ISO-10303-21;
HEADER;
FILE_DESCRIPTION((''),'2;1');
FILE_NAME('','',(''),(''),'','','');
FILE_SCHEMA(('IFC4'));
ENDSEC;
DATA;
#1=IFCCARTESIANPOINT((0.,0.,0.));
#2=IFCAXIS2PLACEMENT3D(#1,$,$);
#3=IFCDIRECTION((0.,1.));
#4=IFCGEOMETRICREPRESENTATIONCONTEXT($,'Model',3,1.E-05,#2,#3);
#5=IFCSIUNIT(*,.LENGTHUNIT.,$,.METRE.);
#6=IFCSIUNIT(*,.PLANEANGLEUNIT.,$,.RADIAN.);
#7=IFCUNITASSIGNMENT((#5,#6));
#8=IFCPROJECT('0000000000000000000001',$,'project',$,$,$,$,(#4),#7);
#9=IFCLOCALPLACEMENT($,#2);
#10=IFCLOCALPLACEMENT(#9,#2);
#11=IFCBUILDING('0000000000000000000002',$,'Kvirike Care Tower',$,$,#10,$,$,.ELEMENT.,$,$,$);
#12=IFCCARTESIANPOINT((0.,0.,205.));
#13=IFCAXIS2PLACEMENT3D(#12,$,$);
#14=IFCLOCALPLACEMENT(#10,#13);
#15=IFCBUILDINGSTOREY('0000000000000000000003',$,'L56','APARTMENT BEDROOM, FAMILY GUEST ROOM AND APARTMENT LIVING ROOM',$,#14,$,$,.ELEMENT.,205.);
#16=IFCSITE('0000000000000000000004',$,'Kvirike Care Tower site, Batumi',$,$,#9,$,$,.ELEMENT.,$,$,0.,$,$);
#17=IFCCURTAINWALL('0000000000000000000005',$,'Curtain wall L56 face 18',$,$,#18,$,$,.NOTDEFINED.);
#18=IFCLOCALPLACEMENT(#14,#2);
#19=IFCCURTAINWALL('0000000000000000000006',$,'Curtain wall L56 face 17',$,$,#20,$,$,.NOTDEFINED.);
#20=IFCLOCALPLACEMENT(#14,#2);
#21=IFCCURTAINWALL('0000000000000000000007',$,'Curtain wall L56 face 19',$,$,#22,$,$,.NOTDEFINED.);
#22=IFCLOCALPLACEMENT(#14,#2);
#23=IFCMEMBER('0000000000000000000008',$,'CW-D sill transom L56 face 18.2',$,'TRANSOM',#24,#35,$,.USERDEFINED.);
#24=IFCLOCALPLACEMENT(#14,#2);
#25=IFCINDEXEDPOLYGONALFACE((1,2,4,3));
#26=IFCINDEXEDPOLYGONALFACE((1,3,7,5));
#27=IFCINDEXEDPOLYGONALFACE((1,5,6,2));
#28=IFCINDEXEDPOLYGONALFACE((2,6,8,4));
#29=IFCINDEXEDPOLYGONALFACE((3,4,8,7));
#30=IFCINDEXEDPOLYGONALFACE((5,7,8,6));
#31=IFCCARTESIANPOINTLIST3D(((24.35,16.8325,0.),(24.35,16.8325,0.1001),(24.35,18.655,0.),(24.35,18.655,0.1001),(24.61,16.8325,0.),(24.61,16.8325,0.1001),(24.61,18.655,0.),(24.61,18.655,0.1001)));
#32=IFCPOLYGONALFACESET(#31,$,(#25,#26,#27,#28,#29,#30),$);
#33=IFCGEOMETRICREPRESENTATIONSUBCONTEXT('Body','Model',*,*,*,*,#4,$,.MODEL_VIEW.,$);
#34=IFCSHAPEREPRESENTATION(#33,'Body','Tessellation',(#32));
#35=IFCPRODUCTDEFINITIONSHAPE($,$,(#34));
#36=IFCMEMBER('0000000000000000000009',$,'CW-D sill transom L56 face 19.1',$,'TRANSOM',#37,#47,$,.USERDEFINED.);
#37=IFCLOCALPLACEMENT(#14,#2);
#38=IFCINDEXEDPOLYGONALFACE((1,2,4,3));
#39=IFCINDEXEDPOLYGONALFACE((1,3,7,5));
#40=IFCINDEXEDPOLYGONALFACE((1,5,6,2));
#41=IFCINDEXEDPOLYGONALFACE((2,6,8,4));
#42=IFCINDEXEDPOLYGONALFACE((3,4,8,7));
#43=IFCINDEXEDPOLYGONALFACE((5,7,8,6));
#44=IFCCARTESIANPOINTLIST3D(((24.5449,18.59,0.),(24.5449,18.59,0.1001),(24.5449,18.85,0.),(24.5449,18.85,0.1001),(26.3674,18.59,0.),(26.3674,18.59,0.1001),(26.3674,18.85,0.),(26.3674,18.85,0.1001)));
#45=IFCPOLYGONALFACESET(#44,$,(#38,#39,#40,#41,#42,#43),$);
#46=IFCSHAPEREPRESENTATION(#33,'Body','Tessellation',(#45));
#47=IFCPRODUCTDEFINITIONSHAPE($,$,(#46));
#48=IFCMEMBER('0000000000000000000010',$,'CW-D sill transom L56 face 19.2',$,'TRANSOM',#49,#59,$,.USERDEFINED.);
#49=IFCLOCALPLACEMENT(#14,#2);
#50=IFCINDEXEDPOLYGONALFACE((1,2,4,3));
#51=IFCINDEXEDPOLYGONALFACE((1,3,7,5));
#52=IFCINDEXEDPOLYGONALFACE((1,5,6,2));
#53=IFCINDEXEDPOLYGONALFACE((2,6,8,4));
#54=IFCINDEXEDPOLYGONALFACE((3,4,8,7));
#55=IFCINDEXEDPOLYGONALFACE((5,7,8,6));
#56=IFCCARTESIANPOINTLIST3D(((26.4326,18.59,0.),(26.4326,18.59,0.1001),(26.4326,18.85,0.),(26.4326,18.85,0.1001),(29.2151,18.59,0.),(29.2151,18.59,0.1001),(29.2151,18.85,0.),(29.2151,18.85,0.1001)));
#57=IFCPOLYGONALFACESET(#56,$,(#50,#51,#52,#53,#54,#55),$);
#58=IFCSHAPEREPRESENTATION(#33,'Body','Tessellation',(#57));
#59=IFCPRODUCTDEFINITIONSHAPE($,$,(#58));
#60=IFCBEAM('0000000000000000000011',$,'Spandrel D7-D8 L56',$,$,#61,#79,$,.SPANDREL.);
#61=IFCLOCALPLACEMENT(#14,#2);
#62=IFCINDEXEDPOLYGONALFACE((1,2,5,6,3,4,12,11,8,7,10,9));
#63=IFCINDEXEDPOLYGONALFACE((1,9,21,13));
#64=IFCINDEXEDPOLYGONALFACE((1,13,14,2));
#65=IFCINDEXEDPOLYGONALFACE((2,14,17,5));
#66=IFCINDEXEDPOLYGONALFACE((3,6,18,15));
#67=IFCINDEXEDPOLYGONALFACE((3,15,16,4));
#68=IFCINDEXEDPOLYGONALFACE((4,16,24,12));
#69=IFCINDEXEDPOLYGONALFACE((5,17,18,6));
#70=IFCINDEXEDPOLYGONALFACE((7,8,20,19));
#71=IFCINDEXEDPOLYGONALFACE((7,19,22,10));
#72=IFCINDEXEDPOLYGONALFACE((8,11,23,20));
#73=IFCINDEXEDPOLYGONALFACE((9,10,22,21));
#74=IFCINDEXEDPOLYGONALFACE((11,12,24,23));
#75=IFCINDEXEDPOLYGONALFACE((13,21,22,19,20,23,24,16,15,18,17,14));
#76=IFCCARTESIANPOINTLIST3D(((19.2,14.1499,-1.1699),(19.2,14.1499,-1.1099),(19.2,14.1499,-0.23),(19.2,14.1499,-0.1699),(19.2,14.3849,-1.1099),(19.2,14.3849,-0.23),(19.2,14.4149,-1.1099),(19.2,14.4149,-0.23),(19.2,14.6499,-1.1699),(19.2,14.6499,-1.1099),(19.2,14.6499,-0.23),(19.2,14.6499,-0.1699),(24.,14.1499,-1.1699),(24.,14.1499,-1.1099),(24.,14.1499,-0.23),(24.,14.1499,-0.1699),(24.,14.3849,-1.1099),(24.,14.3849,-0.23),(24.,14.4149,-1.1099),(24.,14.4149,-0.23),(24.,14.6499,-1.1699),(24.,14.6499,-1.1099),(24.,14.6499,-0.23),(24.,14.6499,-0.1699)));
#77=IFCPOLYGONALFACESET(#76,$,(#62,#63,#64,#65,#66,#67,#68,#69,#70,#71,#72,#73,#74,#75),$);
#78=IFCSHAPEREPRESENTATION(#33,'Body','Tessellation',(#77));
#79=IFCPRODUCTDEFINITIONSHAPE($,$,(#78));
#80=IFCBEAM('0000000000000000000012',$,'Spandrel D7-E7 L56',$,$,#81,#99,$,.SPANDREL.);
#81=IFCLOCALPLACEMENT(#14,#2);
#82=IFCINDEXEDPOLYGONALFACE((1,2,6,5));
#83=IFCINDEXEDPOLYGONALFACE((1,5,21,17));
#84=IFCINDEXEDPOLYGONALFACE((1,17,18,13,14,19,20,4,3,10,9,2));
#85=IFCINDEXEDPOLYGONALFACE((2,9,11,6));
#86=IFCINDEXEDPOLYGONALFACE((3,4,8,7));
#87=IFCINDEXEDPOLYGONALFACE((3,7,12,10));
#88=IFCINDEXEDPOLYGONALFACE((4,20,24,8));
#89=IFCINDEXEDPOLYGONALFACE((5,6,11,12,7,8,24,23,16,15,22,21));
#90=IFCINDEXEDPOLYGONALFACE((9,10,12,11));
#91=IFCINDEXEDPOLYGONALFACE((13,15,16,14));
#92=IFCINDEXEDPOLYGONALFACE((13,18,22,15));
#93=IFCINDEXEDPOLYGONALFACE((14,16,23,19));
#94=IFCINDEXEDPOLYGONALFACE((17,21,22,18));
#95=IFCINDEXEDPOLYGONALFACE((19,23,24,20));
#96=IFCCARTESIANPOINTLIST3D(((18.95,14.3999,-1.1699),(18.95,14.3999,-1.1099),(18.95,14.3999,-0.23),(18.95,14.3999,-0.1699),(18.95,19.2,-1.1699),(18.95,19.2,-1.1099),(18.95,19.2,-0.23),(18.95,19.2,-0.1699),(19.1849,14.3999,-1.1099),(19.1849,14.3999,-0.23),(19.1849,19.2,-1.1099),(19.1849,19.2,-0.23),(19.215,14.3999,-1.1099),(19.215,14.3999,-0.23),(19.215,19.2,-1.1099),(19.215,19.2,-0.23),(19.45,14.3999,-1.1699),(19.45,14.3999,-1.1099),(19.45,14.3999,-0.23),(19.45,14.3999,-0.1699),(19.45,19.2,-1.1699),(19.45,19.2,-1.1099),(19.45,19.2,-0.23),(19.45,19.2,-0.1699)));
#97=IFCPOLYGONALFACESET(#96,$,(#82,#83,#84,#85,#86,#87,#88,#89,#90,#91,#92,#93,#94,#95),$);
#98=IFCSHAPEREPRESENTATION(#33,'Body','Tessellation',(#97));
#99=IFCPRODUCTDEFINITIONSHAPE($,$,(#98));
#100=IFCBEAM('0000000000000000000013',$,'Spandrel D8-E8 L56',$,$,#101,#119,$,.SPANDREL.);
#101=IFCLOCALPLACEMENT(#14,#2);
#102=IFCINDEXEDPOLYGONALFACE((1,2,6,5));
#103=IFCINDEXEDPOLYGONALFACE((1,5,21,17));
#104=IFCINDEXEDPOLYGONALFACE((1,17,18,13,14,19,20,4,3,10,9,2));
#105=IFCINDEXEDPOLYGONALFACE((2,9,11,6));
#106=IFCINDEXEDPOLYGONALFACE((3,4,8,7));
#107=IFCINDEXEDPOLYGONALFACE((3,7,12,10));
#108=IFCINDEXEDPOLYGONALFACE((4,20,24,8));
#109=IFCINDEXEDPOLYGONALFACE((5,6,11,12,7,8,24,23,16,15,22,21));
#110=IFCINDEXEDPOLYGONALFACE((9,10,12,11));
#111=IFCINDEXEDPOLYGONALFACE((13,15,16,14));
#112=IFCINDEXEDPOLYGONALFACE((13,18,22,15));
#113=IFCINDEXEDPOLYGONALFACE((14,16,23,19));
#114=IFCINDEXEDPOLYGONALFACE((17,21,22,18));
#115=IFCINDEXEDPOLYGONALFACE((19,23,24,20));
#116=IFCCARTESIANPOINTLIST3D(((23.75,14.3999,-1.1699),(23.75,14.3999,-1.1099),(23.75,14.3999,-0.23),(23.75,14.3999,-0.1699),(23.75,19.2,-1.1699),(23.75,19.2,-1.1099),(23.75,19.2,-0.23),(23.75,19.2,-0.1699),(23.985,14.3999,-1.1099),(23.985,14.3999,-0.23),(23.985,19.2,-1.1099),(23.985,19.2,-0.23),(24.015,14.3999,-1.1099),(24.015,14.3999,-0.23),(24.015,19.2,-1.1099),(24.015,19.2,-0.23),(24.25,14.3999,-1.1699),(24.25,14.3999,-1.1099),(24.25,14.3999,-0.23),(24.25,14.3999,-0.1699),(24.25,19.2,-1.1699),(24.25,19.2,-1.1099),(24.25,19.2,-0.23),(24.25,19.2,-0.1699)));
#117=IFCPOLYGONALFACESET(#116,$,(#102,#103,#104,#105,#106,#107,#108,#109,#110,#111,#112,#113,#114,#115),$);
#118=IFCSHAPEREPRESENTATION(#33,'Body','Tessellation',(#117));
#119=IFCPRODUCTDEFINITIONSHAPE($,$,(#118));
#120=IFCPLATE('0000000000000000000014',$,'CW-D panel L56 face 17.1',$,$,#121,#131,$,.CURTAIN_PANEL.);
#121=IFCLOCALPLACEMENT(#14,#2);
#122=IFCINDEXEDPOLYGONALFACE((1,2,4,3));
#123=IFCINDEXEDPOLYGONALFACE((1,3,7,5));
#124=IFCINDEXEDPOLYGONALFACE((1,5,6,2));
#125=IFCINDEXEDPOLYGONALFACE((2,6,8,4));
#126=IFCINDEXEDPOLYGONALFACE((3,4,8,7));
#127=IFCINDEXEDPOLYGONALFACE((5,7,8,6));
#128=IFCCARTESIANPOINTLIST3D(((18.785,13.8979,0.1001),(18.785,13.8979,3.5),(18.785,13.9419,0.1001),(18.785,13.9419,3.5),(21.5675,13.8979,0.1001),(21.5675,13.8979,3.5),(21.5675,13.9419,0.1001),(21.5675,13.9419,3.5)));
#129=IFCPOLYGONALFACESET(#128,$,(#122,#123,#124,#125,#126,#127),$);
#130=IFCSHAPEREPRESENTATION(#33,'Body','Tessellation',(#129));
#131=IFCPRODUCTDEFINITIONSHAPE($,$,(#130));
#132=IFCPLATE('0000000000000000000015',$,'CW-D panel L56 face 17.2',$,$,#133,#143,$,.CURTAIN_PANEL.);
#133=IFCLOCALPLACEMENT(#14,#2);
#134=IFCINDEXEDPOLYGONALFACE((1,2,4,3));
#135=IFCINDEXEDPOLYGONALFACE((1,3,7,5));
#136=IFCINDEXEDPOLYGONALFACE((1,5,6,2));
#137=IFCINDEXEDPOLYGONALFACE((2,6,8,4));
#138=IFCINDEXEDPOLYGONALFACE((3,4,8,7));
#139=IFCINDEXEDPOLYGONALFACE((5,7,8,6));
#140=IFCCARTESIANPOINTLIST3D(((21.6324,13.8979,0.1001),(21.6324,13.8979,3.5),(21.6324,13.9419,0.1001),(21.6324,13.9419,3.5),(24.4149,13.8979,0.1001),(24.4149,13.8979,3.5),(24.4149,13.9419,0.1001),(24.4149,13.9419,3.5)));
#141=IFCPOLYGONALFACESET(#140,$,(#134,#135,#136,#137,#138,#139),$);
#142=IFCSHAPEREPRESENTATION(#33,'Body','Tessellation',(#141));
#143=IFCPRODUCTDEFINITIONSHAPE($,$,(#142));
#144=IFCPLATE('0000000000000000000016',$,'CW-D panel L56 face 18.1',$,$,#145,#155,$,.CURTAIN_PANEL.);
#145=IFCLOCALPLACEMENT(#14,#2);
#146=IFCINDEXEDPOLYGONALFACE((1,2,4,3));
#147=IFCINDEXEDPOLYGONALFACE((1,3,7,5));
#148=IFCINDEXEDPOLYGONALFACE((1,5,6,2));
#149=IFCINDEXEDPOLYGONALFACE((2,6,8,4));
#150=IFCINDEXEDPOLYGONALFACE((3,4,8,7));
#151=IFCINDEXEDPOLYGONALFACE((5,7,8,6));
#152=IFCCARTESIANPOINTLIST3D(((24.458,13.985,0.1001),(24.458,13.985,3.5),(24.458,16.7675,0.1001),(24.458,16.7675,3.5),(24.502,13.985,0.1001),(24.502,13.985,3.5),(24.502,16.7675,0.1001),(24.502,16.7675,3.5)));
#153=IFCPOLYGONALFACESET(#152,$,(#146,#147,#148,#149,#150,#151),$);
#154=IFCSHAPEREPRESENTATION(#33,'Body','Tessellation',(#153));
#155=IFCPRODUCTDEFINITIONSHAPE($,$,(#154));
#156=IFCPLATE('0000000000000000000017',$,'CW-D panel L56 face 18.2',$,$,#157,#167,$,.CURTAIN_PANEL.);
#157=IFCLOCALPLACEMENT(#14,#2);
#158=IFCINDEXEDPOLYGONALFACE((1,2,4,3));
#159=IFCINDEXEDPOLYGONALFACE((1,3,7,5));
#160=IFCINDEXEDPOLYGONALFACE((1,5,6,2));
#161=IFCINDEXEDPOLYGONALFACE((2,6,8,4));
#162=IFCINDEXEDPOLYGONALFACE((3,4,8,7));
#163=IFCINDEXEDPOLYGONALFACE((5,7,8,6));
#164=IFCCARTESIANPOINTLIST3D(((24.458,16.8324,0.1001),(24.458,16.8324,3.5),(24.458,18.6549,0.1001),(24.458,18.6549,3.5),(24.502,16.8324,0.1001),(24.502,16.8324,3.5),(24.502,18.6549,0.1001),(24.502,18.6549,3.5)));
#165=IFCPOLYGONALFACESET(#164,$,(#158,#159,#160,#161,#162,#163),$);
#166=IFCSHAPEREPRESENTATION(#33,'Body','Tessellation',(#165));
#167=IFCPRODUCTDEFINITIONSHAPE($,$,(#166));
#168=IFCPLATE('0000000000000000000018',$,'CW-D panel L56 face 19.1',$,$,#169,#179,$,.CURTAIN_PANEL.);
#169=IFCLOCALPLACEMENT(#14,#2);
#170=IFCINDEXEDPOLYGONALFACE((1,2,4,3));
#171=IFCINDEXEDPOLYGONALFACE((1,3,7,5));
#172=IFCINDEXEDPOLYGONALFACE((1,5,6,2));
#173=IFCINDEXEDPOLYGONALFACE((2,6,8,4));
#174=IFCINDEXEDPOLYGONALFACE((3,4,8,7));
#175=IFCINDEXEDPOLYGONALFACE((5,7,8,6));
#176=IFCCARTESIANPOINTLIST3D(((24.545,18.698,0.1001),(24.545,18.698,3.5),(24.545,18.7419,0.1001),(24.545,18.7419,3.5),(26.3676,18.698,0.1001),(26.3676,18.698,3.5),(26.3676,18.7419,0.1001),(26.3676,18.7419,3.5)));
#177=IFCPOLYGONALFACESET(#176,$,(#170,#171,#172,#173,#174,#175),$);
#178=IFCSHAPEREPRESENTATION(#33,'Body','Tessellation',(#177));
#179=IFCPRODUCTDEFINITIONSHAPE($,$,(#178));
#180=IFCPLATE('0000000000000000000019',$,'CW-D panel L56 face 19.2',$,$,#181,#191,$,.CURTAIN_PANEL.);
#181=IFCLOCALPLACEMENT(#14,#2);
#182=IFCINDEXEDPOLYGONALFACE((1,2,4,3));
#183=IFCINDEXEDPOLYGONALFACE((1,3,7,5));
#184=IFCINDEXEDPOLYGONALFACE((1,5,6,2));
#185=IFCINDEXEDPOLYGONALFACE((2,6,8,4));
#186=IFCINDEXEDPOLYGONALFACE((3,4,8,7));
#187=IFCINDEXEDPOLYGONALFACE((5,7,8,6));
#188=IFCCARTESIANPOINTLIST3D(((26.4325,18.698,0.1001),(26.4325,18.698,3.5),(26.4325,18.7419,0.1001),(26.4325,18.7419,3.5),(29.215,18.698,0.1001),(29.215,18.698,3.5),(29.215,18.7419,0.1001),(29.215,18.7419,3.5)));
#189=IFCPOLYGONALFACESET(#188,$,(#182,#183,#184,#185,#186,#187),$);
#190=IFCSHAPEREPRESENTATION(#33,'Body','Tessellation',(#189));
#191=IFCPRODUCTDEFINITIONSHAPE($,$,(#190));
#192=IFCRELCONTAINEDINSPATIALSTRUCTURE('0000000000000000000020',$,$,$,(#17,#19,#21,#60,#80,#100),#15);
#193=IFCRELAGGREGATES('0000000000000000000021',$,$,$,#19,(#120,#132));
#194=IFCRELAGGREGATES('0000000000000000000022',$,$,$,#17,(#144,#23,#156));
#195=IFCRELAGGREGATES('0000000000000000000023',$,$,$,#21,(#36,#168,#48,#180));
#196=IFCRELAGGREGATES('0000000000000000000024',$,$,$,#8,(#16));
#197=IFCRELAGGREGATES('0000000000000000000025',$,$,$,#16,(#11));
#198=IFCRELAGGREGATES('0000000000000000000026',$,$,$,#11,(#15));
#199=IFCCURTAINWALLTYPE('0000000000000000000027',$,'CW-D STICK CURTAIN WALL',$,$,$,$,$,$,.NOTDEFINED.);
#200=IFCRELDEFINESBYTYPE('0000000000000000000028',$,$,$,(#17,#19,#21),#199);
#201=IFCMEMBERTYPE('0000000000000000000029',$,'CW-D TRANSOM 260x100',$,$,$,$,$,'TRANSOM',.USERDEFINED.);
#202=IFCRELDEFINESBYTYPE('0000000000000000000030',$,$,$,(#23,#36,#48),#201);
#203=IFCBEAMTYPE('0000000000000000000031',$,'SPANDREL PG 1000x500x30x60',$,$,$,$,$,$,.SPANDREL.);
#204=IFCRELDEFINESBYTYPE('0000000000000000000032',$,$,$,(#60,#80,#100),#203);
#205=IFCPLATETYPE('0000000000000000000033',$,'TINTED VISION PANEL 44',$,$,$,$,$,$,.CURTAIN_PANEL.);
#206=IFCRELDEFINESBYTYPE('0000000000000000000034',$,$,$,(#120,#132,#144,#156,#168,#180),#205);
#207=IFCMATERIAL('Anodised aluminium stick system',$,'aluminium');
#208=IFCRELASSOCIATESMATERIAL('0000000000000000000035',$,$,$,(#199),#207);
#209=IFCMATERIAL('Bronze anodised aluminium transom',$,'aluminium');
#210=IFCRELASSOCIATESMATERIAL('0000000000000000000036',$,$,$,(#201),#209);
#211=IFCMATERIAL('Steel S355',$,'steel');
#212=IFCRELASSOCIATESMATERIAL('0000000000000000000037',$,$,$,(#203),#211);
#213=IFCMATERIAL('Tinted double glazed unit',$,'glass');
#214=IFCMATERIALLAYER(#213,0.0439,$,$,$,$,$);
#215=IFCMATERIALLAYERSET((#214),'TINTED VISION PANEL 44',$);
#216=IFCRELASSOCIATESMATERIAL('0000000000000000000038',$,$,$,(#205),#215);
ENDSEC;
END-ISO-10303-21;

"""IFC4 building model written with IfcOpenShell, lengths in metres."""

from ifc_helpers import new_model, si_unit, direction, frame, origin, origin_2d, place, context, subcontext, project, spatial, rectangle, i_section, extrude, material, layer, layer_set, material_profile, profile_set, type_object, element, aggregate, save


model = new_model("IFC4")

# Units and contexts
model_context = context("Model", 3, precision=1e-05, world=origin(), true_north=direction((0.0, 1.0)))
body_context = subcontext(model_context, "Body", "Model", "MODEL_VIEW")
ifc_project = project(units=[si_unit("LENGTHUNIT", "METRE"), si_unit("PLANEANGLEUNIT", "RADIAN")], contexts=[model_context])

# Site, building, storey
site_placement = place(None, origin())
site = spatial("IfcSite", under=ifc_project, at=site_placement, Name="Kvirike Care Tower site, Batumi", CompositionType="ELEMENT", RefElevation=0.0)
building_placement = place(site_placement, origin())
building = spatial("IfcBuilding", under=site, at=building_placement, Name="Kvirike Care Tower", CompositionType="ELEMENT")
storey_placement = place(building_placement, frame((0.0, 0.0, 205.0)))
storey = spatial("IfcBuildingStorey", under=building, at=storey_placement, Name="L56", Description="APARTMENT BEDROOM, FAMILY GUEST ROOM AND APARTMENT LIVING ROOM", CompositionType="ELEMENT", Elevation=205.0)

# Curtain wall
ifc_material_1 = material(Name="Anodised aluminium stick system", Category="aluminium")
curtain_wall_type = type_object("IfcCurtainWallType", Name="CW-D STICK CURTAIN WALL", PredefinedType="NOTDEFINED", material=ifc_material_1)
curtain_wall_1_placement = place(storey_placement, origin())
curtain_wall_1 = element("IfcCurtainWall", 1, at=curtain_wall_1_placement, inside=storey, type_object=curtain_wall_type, Name="Curtain wall L56 face 18", PredefinedType="NOTDEFINED")

# Curtain wall
curtain_wall_2_placement = place(storey_placement, origin())
curtain_wall_2 = element("IfcCurtainWall", 2, at=curtain_wall_2_placement, inside=storey, type_object=curtain_wall_type, Name="Curtain wall L56 face 17", PredefinedType="NOTDEFINED")

# Curtain wall
curtain_wall_3_placement = place(storey_placement, origin())
curtain_wall_3 = element("IfcCurtainWall", 3, at=curtain_wall_3_placement, inside=storey, type_object=curtain_wall_type, Name="Curtain wall L56 face 19", PredefinedType="NOTDEFINED")

# Members
ifc_material_2 = material(Name="Bronze anodised aluminium transom", Category="aluminium")
ifc_material_profile_1 = material_profile(ifc_material_2, rectangle(XDim=0.26, YDim=0.1001, at=origin_2d()), Name="CW-D TRANSOM 260x100")
ifc_profile_set_1 = profile_set([ifc_material_profile_1], Name="Bronze anodised aluminium transom")
member_type_1 = type_object("IfcMemberType", Name="CW-D TRANSOM 260x100", ElementType="TRANSOM", PredefinedType="USERDEFINED", material=ifc_profile_set_1)
member_1_placement = place(storey_placement, frame((24.48, 16.8325, 0.05), z_axis=(0.0, 1.0, 0.0), x_axis=(-1.0, 0.0, 0.0)))
member_1 = element("IfcMember", 4, at=member_1_placement, type_object=member_type_1, Name="CW-D sill transom L56 face 18.2", ObjectType="TRANSOM", PredefinedType="USERDEFINED", context=body_context, shape_type="SweptSolid", body=[
    extrude(rectangle(XDim=0.26, YDim=0.1001, at=origin_2d()), origin(), (0.0, 0.0, 1.0), 1.8225),
])
member_2_placement = place(storey_placement, frame((24.5449, 18.72, 0.05), z_axis=(1.0, 0.0, 0.0), x_axis=(0.0, 1.0, 0.0)))
member_2 = element("IfcMember", 5, at=member_2_placement, type_object=member_type_1, Name="CW-D sill transom L56 face 19.1", ObjectType="TRANSOM", PredefinedType="USERDEFINED", context=body_context, shape_type="SweptSolid", body=[
    extrude(rectangle(XDim=0.26, YDim=0.1001, at=origin_2d()), origin(), (0.0, 0.0, 1.0), 1.8225),
])
member_3_placement = place(storey_placement, frame((26.4326, 18.72, 0.05), z_axis=(1.0, 0.0, 0.0), x_axis=(0.0, 1.0, 0.0)))
member_3 = element("IfcMember", 6, at=member_3_placement, type_object=member_type_1, Name="CW-D sill transom L56 face 19.2", ObjectType="TRANSOM", PredefinedType="USERDEFINED", context=body_context, shape_type="SweptSolid", body=[
    extrude(rectangle(XDim=0.26, YDim=0.1001, at=origin_2d()), origin(), (0.0, 0.0, 1.0), 2.7825),
])

# Beams
ifc_material_3 = material(Name="Steel S355", Category="steel")
ifc_material_profile_2 = material_profile(ifc_material_3, i_section(OverallWidth=0.5, OverallDepth=1.0, WebThickness=0.03, FlangeThickness=0.0601, at=origin_2d()), Name="PG 1000x500x30x60")
ifc_profile_set_2 = profile_set([ifc_material_profile_2], Name="Steel S355")
beam_type = type_object("IfcBeamType", Name="SPANDREL PG 1000x500x30x60", PredefinedType="SPANDREL", material=ifc_profile_set_2)
for number, where, z_axis, x_axis, name in (
    (7, (19.2, 14.3999, -0.6699), (1.0, 0.0, 0.0), (0.0, 1.0, 0.0), "Spandrel D7-D8 L56"),
    (8, (19.2, 14.3999, -0.6699), (0.0, 1.0, 0.0), (-1.0, 0.0, 0.0), "Spandrel D7-E7 L56"),
    (9, (24.0, 14.3999, -0.6699), (0.0, 1.0, 0.0), (-1.0, 0.0, 0.0), "Spandrel D8-E8 L56"),
):
    element("IfcBeam", number, at=place(storey_placement, frame(where, z_axis=z_axis, x_axis=x_axis)), inside=storey, type_object=beam_type, Name=name, PredefinedType="SPANDREL", context=body_context, shape_type="SweptSolid", body=[
        extrude(i_section(OverallWidth=0.5, OverallDepth=1.0, WebThickness=0.03, FlangeThickness=0.0601, at=origin_2d()), origin(), (0.0, 0.0, 1.0), 4.8),
    ])

# Plates
ifc_material_4 = material(Name="Tinted double glazed unit", Category="glass")
ifc_layer = layer(ifc_material_4, 0.0439)
ifc_layer_set = layer_set([ifc_layer], Name="TINTED VISION PANEL 44")
plate_type = type_object("IfcPlateType", Name="TINTED VISION PANEL 44", PredefinedType="CURTAIN_PANEL", material=ifc_layer_set)
plate_1_placement = place(storey_placement, frame((20.1763, 13.9199, 0.1001), z_axis=(0.0, 0.0, 1.0), x_axis=(1.0, 0.0, 0.0)))
plate_1 = element("IfcPlate", 10, at=plate_1_placement, type_object=plate_type, Name="CW-D panel L56 face 17.1", PredefinedType="CURTAIN_PANEL", context=body_context, shape_type="SweptSolid", body=[
    extrude(rectangle(XDim=2.7825, YDim=0.0439, at=origin_2d()), origin(), (0.0, 0.0, 1.0), 3.3999),
])
plate_2_placement = place(storey_placement, frame((23.0237, 13.9199, 0.1001), z_axis=(0.0, 0.0, 1.0), x_axis=(1.0, 0.0, 0.0)))
plate_2 = element("IfcPlate", 11, at=plate_2_placement, type_object=plate_type, Name="CW-D panel L56 face 17.2", PredefinedType="CURTAIN_PANEL", context=body_context, shape_type="SweptSolid", body=[
    extrude(rectangle(XDim=2.7825, YDim=0.0439, at=origin_2d()), origin(), (0.0, 0.0, 1.0), 3.3999),
])
aggregate(curtain_wall_2, [plate_1, plate_2])
plate_3_placement = place(storey_placement, frame((24.48, 15.3762, 0.1001), z_axis=(0.0, 0.0, 1.0), x_axis=(0.0, 1.0, 0.0)))
plate_3 = element("IfcPlate", 12, at=plate_3_placement, type_object=plate_type, Name="CW-D panel L56 face 18.1", PredefinedType="CURTAIN_PANEL", context=body_context, shape_type="SweptSolid", body=[
    extrude(rectangle(XDim=2.7825, YDim=0.0439, at=origin_2d()), origin(), (0.0, 0.0, 1.0), 3.3999),
])
plate_4_placement = place(storey_placement, frame((24.48, 17.7437, 0.1001), z_axis=(0.0, 0.0, 1.0), x_axis=(0.0, 1.0, 0.0)))
plate_4 = element("IfcPlate", 13, at=plate_4_placement, type_object=plate_type, Name="CW-D panel L56 face 18.2", PredefinedType="CURTAIN_PANEL", context=body_context, shape_type="SweptSolid", body=[
    extrude(rectangle(XDim=1.8225, YDim=0.0439, at=origin_2d()), origin(), (0.0, 0.0, 1.0), 3.3999),
])
aggregate(curtain_wall_1, [plate_3, member_1, plate_4])
plate_5_placement = place(storey_placement, frame((25.4563, 18.72, 0.1001), z_axis=(0.0, 0.0, 1.0), x_axis=(1.0, 0.0, 0.0)))
plate_5 = element("IfcPlate", 14, at=plate_5_placement, type_object=plate_type, Name="CW-D panel L56 face 19.1", PredefinedType="CURTAIN_PANEL", context=body_context, shape_type="SweptSolid", body=[
    extrude(rectangle(XDim=1.8225, YDim=0.0439, at=origin_2d()), origin(), (0.0, 0.0, 1.0), 3.3999),
])
plate_6_placement = place(storey_placement, frame((27.8237, 18.72, 0.1001), z_axis=(0.0, 0.0, 1.0), x_axis=(1.0, 0.0, 0.0)))
plate_6 = element("IfcPlate", 15, at=plate_6_placement, type_object=plate_type, Name="CW-D panel L56 face 19.2", PredefinedType="CURTAIN_PANEL", context=body_context, shape_type="SweptSolid", body=[
    extrude(rectangle(XDim=2.7825, YDim=0.0439, at=origin_2d()), origin(), (0.0, 0.0, 1.0), 3.3999),
])
aggregate(curtain_wall_3, [member_2, plate_5, member_3, plate_6])

save(model, "model.ifc")
